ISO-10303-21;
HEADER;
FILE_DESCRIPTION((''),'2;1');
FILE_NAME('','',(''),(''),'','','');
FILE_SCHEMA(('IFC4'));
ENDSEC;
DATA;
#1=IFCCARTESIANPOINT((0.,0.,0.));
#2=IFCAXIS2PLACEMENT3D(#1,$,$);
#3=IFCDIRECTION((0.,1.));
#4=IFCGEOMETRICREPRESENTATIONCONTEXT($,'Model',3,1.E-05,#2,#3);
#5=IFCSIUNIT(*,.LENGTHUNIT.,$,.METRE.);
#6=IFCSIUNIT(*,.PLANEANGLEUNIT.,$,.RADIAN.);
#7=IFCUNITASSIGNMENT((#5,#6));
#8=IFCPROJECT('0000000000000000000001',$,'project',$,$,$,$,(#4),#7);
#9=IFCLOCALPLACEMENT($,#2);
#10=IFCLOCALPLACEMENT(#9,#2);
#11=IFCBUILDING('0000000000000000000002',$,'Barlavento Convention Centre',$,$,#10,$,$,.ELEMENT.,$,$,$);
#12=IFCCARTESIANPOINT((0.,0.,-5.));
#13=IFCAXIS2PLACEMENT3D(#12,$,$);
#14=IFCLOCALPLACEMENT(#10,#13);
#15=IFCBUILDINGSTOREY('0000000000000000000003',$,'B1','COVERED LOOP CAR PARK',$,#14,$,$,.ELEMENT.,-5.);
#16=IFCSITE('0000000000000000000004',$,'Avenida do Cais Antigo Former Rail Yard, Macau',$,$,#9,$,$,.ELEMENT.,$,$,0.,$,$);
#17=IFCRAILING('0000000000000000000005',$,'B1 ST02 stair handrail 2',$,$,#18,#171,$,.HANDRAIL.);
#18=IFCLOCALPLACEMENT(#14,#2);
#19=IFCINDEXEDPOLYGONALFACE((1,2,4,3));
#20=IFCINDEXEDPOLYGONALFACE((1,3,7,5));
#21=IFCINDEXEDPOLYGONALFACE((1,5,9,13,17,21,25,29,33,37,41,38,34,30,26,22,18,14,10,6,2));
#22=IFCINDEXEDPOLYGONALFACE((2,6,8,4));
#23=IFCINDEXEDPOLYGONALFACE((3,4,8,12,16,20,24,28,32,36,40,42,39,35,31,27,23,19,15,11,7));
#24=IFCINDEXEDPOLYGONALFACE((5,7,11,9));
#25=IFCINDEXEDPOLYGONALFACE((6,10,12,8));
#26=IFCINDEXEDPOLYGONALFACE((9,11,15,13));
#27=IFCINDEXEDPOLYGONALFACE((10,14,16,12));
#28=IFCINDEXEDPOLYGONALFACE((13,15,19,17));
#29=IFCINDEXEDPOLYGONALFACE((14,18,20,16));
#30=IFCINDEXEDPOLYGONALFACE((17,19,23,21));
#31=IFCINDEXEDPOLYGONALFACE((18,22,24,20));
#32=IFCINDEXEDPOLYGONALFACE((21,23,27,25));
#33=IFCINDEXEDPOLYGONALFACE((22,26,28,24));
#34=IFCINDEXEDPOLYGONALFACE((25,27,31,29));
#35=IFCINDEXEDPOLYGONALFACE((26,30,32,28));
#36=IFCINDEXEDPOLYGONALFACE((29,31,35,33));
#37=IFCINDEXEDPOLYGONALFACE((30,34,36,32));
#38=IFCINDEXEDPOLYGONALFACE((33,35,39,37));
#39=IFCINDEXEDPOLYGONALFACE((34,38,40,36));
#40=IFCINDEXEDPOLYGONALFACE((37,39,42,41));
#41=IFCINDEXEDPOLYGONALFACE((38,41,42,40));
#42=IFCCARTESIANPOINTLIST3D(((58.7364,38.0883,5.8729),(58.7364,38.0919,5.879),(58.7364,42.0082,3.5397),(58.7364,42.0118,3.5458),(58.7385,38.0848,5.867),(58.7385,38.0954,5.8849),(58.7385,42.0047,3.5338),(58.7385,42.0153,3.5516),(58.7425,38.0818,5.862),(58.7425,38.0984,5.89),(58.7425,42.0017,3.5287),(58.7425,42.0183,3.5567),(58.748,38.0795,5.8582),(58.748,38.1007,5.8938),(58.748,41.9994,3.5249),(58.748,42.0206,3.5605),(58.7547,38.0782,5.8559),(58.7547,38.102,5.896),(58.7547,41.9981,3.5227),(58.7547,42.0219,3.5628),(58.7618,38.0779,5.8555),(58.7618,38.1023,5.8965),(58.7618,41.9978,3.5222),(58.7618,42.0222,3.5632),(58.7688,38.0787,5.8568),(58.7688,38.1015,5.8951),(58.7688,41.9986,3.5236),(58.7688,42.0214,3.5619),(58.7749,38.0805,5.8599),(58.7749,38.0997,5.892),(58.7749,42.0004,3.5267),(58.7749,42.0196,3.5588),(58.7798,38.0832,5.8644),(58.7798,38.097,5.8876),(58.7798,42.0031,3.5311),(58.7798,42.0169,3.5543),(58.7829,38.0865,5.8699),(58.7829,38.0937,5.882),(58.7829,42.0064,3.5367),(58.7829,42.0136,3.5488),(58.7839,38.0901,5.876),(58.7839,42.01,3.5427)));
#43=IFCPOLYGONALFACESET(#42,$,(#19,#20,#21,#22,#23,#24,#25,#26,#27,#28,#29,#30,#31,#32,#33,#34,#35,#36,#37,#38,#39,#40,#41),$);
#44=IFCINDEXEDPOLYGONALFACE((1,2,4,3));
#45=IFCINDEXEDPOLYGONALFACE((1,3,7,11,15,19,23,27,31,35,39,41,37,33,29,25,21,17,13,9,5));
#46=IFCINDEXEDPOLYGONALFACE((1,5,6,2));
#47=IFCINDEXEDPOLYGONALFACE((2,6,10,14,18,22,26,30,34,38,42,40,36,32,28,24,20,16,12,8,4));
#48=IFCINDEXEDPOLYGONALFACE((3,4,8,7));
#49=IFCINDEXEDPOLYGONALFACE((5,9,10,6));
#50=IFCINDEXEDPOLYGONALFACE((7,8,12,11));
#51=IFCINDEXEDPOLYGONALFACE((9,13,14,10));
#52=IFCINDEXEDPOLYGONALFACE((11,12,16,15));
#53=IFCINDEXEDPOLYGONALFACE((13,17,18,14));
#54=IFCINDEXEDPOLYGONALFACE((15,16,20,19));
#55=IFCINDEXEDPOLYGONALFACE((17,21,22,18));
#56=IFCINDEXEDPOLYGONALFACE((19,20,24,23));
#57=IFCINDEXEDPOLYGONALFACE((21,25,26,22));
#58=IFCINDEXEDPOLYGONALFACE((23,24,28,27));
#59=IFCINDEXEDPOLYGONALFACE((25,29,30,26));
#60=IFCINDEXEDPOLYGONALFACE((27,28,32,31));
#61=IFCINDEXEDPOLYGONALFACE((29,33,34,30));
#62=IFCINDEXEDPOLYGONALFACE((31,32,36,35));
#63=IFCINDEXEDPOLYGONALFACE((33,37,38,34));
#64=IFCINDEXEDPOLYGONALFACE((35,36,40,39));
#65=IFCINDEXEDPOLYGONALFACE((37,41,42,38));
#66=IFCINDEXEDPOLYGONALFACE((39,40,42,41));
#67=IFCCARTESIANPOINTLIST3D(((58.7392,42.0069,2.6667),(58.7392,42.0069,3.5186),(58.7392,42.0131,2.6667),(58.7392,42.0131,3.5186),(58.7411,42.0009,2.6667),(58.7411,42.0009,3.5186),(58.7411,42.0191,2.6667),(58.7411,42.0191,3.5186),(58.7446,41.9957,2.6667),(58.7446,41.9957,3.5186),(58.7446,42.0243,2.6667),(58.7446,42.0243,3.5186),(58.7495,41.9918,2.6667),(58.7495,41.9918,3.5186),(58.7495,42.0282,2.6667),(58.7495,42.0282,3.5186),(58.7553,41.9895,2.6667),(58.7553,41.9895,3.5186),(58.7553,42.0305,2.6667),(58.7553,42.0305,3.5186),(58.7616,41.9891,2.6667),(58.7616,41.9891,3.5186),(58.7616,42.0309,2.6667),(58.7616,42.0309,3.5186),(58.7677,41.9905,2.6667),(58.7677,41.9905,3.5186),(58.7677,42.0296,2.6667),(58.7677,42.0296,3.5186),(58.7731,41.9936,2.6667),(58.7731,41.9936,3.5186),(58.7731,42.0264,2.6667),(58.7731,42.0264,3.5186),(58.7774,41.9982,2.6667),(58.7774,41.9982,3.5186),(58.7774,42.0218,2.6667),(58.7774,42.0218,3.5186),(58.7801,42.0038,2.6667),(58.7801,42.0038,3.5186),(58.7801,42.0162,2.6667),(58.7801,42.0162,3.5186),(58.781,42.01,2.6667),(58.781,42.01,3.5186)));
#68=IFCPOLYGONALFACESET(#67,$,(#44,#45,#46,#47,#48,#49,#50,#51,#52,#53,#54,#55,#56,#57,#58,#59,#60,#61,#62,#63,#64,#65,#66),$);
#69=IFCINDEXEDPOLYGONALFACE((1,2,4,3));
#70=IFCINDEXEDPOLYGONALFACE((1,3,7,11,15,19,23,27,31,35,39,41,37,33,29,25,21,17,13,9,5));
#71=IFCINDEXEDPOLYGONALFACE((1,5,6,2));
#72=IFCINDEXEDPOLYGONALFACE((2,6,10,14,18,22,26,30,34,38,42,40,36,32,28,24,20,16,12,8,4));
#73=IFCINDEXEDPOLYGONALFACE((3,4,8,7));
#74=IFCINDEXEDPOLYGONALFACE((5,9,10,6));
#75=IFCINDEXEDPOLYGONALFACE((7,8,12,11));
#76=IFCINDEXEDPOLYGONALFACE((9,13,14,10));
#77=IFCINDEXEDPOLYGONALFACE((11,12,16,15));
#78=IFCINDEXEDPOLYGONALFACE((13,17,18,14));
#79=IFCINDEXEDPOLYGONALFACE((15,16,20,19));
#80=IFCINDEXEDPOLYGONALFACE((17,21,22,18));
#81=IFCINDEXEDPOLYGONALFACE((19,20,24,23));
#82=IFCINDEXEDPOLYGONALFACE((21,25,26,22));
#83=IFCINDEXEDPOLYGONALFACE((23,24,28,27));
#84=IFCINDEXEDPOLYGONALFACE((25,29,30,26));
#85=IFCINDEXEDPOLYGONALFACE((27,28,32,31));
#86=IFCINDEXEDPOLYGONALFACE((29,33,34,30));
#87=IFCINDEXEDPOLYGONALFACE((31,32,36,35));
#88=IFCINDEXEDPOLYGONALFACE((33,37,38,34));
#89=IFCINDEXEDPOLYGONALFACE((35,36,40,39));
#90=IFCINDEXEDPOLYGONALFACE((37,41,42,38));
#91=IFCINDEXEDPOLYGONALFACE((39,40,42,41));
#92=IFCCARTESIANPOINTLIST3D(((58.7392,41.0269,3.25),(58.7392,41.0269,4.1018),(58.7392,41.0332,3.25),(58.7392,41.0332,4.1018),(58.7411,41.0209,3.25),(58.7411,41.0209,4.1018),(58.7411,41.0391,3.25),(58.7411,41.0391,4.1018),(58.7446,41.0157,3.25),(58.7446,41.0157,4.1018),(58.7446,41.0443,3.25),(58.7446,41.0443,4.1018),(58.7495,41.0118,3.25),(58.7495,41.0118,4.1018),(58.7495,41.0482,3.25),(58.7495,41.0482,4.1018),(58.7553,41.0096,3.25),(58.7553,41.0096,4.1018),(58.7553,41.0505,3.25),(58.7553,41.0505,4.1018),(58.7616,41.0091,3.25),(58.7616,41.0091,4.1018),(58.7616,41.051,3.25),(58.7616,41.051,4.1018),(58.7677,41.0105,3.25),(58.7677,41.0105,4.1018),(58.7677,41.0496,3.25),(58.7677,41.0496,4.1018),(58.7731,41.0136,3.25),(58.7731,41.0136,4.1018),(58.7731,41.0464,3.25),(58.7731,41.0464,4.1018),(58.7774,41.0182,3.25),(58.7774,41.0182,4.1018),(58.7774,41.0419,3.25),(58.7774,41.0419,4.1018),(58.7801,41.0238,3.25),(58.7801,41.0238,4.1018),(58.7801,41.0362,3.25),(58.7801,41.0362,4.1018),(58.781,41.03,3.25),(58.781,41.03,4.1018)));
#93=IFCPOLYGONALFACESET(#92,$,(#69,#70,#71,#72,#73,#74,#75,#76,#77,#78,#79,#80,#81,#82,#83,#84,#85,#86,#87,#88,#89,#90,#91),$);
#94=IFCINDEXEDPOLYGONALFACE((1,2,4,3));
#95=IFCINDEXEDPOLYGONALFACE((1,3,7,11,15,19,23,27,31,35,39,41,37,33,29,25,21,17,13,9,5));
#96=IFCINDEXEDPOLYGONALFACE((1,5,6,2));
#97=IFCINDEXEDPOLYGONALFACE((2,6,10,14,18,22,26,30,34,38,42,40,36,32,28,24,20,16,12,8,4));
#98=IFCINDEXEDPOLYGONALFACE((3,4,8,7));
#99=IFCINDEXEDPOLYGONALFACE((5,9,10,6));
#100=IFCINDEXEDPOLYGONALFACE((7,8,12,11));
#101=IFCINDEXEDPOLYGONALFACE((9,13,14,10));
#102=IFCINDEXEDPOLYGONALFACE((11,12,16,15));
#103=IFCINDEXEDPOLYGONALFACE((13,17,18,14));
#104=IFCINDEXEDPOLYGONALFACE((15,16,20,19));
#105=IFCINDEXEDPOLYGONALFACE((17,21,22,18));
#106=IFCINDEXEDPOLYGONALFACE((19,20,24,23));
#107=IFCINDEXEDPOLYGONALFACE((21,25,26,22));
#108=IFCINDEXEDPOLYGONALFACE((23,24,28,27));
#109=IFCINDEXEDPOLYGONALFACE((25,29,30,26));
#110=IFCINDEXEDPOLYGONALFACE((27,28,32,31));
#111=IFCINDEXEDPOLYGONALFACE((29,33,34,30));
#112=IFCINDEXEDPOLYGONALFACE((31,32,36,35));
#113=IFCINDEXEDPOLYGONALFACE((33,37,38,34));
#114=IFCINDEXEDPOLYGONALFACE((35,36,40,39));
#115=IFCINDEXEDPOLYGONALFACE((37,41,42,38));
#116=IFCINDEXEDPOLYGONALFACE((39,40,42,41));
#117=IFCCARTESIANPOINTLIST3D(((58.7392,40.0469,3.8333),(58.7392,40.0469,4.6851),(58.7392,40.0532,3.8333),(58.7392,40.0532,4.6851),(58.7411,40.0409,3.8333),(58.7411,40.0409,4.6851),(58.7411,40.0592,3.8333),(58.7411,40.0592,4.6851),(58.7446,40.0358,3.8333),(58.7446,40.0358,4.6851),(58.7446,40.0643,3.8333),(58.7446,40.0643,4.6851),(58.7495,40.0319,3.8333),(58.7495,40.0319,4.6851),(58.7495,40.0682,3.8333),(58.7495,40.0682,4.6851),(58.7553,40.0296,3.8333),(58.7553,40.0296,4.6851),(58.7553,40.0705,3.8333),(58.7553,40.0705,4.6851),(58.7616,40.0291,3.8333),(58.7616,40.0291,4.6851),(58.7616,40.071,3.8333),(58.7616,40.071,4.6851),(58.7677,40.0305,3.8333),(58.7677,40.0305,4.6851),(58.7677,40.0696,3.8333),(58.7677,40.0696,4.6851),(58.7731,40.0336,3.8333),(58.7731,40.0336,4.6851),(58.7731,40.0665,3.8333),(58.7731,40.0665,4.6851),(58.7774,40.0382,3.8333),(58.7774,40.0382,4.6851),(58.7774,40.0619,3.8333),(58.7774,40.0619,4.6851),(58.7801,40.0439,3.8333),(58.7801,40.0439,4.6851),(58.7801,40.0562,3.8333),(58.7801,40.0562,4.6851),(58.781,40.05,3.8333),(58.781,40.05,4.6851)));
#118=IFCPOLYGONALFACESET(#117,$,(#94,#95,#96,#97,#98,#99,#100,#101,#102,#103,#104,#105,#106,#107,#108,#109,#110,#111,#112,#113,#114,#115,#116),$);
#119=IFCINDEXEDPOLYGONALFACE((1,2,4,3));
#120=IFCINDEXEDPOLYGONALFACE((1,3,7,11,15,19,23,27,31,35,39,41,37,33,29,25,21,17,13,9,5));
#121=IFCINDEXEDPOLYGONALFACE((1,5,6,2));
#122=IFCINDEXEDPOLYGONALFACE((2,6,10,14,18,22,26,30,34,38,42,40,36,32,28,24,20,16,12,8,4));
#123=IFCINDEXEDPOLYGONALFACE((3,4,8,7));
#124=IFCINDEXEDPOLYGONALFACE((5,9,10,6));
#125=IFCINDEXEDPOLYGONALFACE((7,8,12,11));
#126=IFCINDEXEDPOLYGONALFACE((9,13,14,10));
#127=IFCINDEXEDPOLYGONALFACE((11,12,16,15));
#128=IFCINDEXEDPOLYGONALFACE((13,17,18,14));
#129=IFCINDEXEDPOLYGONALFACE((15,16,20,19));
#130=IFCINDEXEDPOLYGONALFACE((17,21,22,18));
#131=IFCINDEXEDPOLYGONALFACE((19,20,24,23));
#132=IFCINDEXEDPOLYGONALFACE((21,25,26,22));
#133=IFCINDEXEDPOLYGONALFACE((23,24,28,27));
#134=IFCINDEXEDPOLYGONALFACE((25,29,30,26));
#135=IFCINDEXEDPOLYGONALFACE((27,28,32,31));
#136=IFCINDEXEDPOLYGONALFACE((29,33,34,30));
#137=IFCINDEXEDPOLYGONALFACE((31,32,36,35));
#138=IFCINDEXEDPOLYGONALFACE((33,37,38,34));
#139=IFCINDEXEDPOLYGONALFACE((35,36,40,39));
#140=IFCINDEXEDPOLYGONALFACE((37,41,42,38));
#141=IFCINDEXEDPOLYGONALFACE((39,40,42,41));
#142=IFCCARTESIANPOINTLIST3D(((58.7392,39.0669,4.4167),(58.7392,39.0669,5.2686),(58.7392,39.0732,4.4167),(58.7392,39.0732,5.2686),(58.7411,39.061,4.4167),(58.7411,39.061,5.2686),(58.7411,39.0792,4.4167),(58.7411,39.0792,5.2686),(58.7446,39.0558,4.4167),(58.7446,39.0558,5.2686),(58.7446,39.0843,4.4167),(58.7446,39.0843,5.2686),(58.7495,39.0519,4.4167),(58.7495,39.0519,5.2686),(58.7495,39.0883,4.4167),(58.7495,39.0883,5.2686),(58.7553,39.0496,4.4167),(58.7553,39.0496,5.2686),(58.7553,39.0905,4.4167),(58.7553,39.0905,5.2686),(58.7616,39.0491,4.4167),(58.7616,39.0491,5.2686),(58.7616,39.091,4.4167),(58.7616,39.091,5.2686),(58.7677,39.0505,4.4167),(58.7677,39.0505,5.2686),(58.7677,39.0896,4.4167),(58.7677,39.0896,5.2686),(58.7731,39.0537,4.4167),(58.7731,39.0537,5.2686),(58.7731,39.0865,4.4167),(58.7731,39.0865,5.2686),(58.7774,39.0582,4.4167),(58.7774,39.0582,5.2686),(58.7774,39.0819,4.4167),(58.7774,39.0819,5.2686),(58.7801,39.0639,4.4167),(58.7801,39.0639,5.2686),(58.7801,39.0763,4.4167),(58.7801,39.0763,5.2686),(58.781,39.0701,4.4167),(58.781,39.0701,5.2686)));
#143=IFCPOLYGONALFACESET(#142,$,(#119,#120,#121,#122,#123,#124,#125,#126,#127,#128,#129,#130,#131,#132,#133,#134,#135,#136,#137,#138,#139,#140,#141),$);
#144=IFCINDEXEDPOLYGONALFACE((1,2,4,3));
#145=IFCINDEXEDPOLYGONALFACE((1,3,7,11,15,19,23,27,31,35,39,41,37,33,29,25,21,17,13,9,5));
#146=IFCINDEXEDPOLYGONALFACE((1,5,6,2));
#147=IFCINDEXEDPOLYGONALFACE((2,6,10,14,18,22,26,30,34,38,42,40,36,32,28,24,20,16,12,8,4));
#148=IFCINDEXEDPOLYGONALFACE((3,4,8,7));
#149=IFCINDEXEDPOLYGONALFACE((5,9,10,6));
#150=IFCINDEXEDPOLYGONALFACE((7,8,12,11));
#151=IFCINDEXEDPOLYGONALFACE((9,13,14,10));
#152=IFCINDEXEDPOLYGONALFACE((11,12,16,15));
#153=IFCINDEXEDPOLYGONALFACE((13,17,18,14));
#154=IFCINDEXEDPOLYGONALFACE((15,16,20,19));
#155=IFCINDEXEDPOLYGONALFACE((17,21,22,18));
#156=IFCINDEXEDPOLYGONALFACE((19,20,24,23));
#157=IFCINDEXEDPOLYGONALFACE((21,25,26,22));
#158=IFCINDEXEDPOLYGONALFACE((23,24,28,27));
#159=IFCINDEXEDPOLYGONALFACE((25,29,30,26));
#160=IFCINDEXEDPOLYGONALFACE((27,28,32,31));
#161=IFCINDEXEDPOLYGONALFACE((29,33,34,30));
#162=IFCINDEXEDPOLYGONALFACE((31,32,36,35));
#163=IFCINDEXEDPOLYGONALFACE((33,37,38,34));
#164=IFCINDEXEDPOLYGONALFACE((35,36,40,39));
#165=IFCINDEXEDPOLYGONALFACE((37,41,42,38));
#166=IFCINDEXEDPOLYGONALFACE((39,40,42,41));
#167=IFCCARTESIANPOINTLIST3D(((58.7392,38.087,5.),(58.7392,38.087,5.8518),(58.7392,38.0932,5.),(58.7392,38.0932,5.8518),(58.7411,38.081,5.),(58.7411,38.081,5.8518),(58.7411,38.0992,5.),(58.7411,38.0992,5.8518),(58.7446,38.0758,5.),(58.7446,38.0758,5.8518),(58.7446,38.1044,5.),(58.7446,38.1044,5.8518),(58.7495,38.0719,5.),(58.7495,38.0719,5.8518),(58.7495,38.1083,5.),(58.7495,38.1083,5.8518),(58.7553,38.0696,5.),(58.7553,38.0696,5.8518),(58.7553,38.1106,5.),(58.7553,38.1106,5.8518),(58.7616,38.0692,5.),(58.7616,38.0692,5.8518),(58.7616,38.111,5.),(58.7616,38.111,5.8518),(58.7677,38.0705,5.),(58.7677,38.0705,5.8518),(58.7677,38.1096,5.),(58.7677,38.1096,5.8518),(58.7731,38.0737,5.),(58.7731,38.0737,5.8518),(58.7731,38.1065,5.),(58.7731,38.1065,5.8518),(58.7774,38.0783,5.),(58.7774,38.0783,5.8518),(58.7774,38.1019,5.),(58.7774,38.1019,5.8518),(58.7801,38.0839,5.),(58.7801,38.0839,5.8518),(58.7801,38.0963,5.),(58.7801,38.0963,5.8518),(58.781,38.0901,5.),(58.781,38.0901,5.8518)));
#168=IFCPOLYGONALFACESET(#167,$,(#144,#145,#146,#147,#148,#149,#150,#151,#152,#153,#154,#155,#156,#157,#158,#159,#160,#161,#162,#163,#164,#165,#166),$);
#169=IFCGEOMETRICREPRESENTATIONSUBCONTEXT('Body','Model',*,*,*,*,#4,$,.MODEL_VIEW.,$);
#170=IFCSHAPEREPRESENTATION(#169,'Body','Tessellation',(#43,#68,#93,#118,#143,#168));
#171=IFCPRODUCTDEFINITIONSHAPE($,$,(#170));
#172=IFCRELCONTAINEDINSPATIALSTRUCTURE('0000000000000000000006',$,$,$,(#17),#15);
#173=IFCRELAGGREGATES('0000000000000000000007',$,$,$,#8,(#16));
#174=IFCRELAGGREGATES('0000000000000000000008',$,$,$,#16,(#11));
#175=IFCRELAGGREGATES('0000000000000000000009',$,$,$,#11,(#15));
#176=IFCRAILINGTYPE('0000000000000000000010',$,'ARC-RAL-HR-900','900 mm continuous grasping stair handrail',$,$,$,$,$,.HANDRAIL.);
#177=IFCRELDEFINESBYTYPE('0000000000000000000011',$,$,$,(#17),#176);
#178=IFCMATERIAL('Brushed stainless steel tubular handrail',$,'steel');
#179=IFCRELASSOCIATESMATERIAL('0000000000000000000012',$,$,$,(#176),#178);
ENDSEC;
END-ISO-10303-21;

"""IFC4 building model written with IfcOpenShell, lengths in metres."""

from ifc_helpers import new_model, si_unit, direction, frame, origin, origin_2d, place, context, subcontext, project, spatial, circle, extrude, material, type_object, element, save


model = new_model("IFC4")

# Units and contexts
model_context = context("Model", 3, precision=1e-05, world=origin(), true_north=direction((0.0, 1.0)))
body_context = subcontext(model_context, "Body", "Model", "MODEL_VIEW")
ifc_project = project(units=[si_unit("LENGTHUNIT", "METRE"), si_unit("PLANEANGLEUNIT", "RADIAN")], contexts=[model_context])

# Site, building, storey
site_placement = place(None, origin())
site = spatial("IfcSite", under=ifc_project, at=site_placement, Name="Avenida do Cais Antigo Former Rail Yard, Macau", CompositionType="ELEMENT", RefElevation=0.0)
building_placement = place(site_placement, origin())
building = spatial("IfcBuilding", under=site, at=building_placement, Name="Barlavento Convention Centre", CompositionType="ELEMENT")
storey_placement = place(building_placement, frame((0.0, 0.0, -5.0)))
storey = spatial("IfcBuildingStorey", under=building, at=storey_placement, Name="B1", Description="COVERED LOOP CAR PARK", CompositionType="ELEMENT", Elevation=-5.0)

# Railing
ifc_material_1 = material(Name="Brushed stainless steel tubular handrail", Category="steel")
railing_type_1 = type_object("IfcRailingType", Name="ARC-RAL-HR-900", Description="900 mm continuous grasping stair handrail", PredefinedType="HANDRAIL", material=ifc_material_1)
for number, where, name in (
    (1, (58.76, 42.01, 2.6667), "B1 ST02 stair handrail 2"),
):
    element("IfcRailing", number, at=place(storey_placement, frame(where)), inside=storey, type_object=railing_type_1, Name=name, PredefinedType="HANDRAIL", context=body_context, shape_type="SweptSolid", body=[
        extrude(circle(Radius=0.0239, at=origin_2d()), frame((0.0, 0.0, 0.876), z_axis=(0.0, -0.859296, 0.511478), x_axis=(1.0, 0.0, 0.0)), (0.0, 0.0, 1.0), 4.5618),
        extrude(circle(Radius=0.021, at=origin_2d()), origin(), (0.0, 0.0, 1.0), 0.8518),
        extrude(circle(Radius=0.021, at=origin_2d()), frame((0.0, -0.98, 0.5833)), (0.0, 0.0, 1.0), 0.8518),
        extrude(circle(Radius=0.021, at=origin_2d()), frame((0.0, -1.96, 1.1665)), (0.0, 0.0, 1.0), 0.8518),
        extrude(circle(Radius=0.021, at=origin_2d()), frame((0.0, -2.9399, 1.75)), (0.0, 0.0, 1.0), 0.8518),
        extrude(circle(Radius=0.021, at=origin_2d()), frame((0.0, -3.9199, 2.3333)), (0.0, 0.0, 1.0), 0.8518),
    ])

save(model, "model.ifc")
